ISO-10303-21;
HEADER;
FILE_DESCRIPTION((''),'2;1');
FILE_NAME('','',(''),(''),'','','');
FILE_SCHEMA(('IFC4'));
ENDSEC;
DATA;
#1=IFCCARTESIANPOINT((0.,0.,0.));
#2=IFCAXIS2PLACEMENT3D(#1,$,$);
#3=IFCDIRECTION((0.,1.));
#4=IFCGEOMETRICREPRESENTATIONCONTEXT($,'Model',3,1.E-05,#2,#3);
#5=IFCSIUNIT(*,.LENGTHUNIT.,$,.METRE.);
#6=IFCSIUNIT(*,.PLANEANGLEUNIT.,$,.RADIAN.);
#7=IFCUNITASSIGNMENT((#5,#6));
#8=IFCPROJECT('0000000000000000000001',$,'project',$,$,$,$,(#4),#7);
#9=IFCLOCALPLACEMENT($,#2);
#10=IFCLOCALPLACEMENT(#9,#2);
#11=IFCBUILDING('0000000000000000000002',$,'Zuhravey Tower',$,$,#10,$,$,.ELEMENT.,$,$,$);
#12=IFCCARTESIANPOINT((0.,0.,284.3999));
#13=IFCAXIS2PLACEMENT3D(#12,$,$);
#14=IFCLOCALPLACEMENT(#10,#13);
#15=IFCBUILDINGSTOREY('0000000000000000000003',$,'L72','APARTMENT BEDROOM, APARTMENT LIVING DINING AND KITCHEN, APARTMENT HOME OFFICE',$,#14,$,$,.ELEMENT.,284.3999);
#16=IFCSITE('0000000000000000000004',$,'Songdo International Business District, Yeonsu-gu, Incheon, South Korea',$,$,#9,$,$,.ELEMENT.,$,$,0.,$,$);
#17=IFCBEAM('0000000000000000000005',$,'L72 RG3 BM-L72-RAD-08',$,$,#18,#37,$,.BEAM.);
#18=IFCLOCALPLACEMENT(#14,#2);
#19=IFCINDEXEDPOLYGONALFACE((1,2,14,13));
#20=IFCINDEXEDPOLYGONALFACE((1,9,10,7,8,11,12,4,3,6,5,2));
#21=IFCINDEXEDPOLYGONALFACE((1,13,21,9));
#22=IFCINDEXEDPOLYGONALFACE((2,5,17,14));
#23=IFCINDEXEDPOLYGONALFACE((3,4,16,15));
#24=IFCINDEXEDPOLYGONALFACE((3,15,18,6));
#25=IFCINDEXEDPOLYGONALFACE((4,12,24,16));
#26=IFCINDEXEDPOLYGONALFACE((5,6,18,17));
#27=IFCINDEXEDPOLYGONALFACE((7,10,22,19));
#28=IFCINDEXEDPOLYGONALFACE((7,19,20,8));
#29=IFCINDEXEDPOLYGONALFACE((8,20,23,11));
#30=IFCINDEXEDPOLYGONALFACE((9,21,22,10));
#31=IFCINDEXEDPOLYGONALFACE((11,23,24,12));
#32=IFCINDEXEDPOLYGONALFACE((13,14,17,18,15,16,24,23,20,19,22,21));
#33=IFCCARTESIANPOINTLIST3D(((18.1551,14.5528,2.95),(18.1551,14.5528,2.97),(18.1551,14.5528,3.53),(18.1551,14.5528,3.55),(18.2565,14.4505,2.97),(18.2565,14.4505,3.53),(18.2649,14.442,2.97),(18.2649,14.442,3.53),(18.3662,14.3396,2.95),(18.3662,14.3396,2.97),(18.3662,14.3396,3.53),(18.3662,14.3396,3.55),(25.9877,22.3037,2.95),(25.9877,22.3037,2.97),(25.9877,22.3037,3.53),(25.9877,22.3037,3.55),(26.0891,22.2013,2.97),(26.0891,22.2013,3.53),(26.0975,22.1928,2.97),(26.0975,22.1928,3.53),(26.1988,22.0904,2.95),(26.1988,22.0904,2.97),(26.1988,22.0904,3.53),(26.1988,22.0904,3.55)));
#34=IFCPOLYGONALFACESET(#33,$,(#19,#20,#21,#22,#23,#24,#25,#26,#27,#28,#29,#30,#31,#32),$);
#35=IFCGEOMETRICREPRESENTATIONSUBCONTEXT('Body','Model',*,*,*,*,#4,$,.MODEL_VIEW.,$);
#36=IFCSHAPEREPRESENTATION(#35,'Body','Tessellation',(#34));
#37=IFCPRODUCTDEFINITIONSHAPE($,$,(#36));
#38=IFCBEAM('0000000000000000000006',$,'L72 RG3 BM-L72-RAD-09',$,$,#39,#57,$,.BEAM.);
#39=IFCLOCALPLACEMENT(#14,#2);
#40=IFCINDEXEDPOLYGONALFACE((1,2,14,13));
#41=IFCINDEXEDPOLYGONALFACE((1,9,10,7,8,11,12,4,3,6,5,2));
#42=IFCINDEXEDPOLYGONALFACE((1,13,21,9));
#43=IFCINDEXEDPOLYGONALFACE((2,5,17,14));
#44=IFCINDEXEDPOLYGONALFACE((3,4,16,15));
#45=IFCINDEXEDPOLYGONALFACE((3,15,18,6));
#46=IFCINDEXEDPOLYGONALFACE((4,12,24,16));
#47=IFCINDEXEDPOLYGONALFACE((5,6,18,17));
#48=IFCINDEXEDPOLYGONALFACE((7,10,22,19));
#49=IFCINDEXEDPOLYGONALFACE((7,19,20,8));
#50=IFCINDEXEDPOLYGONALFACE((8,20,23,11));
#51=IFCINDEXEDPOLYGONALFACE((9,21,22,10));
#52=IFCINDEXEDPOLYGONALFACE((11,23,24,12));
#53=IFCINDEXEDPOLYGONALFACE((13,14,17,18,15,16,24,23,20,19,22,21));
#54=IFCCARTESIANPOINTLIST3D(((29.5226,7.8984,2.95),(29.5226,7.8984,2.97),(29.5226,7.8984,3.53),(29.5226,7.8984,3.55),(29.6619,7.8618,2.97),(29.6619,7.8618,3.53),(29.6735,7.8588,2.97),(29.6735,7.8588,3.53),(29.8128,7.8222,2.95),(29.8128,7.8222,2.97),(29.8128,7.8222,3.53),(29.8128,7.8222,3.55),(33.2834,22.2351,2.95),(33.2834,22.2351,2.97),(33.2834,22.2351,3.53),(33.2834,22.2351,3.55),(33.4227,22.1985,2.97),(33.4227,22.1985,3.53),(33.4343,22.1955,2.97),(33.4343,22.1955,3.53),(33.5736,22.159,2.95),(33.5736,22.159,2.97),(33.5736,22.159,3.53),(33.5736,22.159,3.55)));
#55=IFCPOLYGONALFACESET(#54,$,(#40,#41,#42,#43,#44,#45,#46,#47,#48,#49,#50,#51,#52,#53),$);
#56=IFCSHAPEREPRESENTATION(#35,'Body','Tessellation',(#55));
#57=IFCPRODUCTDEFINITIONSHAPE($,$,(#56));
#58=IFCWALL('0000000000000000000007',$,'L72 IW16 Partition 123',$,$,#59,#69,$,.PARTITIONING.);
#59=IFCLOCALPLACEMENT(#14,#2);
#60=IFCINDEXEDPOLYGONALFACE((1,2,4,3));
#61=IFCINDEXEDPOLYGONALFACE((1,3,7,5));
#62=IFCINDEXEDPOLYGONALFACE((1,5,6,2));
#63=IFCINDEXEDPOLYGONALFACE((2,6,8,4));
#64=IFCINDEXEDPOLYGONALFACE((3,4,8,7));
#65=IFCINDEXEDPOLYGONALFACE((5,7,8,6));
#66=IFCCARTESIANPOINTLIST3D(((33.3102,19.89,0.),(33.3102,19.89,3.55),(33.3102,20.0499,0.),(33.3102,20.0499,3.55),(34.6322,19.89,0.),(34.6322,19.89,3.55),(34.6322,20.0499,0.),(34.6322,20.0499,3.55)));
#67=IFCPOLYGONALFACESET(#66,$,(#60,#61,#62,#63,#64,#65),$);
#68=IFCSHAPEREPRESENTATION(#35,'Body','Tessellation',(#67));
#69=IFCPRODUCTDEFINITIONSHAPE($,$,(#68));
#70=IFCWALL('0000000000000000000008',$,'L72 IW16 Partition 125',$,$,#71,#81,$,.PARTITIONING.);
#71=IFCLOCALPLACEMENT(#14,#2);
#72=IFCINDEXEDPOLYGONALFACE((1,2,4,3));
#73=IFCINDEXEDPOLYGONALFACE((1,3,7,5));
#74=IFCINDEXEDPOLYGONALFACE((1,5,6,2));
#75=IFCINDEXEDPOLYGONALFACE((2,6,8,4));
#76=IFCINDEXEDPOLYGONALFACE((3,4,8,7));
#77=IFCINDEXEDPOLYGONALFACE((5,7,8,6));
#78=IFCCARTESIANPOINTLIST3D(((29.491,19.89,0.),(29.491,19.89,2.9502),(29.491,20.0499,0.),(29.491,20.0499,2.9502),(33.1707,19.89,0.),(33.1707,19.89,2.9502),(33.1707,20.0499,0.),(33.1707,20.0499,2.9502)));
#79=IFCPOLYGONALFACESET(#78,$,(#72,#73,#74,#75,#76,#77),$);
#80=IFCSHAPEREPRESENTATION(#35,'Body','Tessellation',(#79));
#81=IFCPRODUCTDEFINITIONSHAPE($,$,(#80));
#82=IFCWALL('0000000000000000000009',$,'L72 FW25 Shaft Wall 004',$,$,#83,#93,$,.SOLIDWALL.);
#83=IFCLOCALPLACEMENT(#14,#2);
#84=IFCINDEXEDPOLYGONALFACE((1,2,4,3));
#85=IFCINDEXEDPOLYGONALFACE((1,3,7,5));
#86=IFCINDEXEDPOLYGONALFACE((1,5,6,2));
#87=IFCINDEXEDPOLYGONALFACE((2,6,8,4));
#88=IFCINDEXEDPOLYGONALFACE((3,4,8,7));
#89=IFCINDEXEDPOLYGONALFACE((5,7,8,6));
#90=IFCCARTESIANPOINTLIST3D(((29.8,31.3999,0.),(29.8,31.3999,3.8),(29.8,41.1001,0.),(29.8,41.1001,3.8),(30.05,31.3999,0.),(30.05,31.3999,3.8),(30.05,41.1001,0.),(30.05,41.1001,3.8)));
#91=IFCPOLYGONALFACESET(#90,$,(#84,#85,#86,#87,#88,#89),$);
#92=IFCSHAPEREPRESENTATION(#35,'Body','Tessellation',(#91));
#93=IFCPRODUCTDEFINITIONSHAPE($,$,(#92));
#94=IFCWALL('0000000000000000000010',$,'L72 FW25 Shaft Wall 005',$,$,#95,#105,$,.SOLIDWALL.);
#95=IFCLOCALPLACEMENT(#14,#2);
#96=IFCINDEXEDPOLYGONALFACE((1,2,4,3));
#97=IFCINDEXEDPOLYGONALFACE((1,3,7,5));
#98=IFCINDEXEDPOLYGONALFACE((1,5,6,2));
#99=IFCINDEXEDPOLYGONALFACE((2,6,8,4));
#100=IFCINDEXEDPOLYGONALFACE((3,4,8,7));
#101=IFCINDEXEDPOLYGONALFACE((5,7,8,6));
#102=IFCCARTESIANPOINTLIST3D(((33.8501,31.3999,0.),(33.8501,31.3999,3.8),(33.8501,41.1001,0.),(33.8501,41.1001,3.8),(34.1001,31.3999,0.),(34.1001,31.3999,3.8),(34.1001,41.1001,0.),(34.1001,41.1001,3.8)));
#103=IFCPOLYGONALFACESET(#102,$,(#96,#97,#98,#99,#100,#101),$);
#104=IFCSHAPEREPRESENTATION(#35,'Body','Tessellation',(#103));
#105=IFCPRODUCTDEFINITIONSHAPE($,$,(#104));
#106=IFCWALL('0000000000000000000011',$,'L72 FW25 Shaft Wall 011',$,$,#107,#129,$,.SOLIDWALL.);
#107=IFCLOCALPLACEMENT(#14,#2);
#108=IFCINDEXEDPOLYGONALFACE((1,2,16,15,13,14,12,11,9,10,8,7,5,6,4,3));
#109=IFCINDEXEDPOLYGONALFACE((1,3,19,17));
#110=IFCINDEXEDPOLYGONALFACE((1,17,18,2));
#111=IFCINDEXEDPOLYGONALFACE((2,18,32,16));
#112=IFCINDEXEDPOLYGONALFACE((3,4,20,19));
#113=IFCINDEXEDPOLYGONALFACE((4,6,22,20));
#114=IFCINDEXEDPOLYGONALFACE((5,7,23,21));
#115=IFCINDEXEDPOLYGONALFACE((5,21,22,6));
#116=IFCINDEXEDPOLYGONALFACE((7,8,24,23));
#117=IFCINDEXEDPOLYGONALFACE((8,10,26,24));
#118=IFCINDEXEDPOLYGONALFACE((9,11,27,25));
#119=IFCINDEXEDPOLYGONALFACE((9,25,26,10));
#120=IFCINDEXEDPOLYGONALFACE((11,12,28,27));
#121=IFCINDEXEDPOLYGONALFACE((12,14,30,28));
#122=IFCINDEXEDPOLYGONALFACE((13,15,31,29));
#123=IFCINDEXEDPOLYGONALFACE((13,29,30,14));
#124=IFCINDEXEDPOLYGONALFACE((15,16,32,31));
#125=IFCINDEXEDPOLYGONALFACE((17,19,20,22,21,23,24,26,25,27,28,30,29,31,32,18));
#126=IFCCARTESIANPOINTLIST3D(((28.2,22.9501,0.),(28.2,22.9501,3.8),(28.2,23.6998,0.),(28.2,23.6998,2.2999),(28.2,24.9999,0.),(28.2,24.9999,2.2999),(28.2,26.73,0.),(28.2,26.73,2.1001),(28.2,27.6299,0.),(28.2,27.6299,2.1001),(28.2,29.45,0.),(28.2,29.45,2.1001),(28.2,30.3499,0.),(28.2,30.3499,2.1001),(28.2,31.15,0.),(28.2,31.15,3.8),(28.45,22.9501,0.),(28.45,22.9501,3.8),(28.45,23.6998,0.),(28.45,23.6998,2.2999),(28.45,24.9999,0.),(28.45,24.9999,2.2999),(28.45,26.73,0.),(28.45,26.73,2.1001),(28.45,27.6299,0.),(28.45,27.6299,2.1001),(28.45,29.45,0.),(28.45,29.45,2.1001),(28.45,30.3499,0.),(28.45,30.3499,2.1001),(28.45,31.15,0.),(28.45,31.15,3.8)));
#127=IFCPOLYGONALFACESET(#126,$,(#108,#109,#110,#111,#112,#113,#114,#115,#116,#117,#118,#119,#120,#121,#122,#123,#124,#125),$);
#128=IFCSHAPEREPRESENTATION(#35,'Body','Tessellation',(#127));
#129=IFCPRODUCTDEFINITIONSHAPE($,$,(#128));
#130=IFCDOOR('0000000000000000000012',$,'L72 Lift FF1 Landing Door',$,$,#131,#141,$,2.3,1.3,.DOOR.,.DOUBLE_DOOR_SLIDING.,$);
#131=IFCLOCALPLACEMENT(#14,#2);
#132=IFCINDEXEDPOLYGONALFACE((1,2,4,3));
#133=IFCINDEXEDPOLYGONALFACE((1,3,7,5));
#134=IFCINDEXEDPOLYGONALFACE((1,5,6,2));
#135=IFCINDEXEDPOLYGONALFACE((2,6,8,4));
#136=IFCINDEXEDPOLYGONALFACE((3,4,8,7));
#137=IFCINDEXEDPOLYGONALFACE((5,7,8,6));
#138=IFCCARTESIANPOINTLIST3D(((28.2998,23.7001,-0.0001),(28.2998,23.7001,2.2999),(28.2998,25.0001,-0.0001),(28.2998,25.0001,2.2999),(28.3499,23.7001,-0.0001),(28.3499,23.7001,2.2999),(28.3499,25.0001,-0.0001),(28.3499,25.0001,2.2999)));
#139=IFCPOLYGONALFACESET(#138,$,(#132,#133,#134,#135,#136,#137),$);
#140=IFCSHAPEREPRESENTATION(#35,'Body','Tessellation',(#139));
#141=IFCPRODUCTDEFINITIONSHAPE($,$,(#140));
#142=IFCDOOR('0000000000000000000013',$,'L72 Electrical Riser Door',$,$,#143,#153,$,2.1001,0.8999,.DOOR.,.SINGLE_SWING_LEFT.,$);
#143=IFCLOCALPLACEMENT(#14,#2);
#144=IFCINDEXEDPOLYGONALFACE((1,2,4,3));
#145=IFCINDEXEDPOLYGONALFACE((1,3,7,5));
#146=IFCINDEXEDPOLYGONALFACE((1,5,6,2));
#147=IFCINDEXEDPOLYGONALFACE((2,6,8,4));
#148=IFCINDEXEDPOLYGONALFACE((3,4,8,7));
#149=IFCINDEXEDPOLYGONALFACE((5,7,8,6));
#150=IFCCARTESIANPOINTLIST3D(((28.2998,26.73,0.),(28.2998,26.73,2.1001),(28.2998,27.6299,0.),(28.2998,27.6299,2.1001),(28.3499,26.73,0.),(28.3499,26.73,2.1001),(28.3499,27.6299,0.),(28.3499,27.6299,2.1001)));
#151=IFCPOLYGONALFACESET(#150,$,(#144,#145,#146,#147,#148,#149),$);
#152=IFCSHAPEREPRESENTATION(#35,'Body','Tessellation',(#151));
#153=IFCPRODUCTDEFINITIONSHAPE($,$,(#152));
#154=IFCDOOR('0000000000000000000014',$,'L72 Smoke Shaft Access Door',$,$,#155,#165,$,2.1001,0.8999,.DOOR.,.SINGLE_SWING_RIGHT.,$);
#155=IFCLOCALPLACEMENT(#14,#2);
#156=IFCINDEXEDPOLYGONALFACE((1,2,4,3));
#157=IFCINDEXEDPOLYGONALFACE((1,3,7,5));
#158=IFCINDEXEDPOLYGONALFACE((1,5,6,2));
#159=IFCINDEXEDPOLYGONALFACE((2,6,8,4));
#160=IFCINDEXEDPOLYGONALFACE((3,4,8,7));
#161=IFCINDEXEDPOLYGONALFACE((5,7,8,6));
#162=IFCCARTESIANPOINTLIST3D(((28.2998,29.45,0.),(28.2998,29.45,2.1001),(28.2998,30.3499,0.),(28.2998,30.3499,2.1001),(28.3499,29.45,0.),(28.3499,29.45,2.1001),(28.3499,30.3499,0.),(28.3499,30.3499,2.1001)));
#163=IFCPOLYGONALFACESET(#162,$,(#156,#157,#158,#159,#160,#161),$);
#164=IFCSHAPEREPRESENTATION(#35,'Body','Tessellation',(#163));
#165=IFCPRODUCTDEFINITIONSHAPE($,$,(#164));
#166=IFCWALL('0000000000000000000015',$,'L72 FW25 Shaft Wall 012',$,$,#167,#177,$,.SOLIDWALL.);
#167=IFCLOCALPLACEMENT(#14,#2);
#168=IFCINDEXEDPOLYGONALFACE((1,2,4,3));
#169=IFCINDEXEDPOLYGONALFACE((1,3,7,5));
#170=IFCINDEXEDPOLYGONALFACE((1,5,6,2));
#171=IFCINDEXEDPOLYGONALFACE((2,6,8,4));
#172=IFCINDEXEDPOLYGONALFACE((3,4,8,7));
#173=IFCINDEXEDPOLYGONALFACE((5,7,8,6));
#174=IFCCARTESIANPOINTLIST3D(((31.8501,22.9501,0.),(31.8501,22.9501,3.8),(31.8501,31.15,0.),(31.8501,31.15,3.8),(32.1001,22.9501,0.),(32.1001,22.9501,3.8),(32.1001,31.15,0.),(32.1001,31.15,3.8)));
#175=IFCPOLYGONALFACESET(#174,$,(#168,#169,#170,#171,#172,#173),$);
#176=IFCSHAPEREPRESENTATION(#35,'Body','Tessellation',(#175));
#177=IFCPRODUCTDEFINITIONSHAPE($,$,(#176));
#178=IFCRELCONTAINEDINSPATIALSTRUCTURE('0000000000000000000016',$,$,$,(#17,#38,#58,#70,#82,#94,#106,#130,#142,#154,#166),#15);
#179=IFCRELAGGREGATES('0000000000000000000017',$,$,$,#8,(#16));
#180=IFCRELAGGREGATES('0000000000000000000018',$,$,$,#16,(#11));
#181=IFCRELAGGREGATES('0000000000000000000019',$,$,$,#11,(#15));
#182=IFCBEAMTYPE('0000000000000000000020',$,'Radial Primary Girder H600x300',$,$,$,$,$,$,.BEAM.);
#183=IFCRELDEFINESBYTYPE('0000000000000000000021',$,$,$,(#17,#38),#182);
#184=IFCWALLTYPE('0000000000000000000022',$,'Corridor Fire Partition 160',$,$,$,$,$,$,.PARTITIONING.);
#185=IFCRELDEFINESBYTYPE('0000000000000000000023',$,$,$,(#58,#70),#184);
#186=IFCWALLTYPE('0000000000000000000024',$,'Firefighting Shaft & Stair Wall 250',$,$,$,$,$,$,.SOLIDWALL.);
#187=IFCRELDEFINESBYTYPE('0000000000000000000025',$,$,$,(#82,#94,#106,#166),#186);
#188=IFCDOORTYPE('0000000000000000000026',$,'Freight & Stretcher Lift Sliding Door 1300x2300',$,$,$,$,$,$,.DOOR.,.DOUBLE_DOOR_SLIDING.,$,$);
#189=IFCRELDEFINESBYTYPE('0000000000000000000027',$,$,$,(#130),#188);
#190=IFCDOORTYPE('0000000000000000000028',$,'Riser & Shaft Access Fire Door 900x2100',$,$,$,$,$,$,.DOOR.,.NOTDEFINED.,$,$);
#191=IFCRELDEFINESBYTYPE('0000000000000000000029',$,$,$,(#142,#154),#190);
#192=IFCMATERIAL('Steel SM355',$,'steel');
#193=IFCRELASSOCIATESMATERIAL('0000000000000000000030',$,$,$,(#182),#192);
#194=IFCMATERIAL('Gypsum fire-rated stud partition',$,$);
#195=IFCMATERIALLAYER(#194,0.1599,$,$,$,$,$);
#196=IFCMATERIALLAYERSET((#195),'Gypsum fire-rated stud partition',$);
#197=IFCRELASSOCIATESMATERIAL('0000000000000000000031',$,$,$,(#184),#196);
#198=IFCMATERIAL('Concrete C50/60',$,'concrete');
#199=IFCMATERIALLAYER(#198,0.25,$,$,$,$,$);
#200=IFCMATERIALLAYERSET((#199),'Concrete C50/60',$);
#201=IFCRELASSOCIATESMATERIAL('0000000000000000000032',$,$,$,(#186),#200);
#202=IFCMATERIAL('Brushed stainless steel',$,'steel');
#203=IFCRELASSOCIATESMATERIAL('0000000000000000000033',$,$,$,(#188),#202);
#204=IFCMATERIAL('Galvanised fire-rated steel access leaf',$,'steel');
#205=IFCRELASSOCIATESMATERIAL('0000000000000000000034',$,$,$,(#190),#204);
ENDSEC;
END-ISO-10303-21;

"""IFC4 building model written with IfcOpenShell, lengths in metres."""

from ifc_helpers import new_model, si_unit, direction, frame, frame_2d, origin, origin_2d, place, context, subcontext, project, spatial, rectangle, i_section, extrude, material, layer, layer_set, material_profile, profile_set, type_object, element, fill, save


model = new_model("IFC4")

# Units and contexts
model_context = context("Model", 3, precision=1e-05, world=origin(), true_north=direction((0.0, 1.0)))
body_context = subcontext(model_context, "Body", "Model", "MODEL_VIEW")
ifc_project = project(units=[si_unit("LENGTHUNIT", "METRE"), si_unit("PLANEANGLEUNIT", "RADIAN")], contexts=[model_context])

# Site, building, storey
site_placement = place(None, origin())
site = spatial("IfcSite", under=ifc_project, at=site_placement, Name="Songdo International Business District, Yeonsu-gu, Incheon, South Korea", CompositionType="ELEMENT", RefElevation=0.0)
building_placement = place(site_placement, origin())
building = spatial("IfcBuilding", under=site, at=building_placement, Name="Zuhravey Tower", CompositionType="ELEMENT")
storey_placement = place(building_placement, frame((0.0, 0.0, 284.3999)))
storey = spatial("IfcBuildingStorey", under=building, at=storey_placement, Name="L72", Description="APARTMENT BEDROOM, APARTMENT LIVING DINING AND KITCHEN, APARTMENT HOME OFFICE", CompositionType="ELEMENT", Elevation=284.3999)

# Beams
ifc_material_1 = material(Name="Steel SM355", Category="steel")
ifc_material_profile = material_profile(ifc_material_1, i_section(OverallWidth=0.3, OverallDepth=0.6001, WebThickness=0.012, FlangeThickness=0.02, at=origin_2d()), Name="H-600x300x12x20")
ifc_profile_set = profile_set([ifc_material_profile], Name="Steel SM355")
beam_type = type_object("IfcBeamType", Name="Radial Primary Girder H600x300", PredefinedType="BEAM", material=ifc_profile_set)
beam_1_placement = place(storey_placement, frame((26.0933, 22.197, 3.25), z_axis=(-0.710808, -0.703386, 0.0), x_axis=(0.703386, -0.710808, 0.0)))
element("IfcBeam", 1, at=beam_1_placement, inside=storey, type_object=beam_type, Name="L72 RG3 BM-L72-RAD-08", PredefinedType="BEAM", context=body_context, shape_type="SweptSolid", body=[
    extrude(i_section(OverallWidth=0.3, OverallDepth=0.6001, WebThickness=0.012, FlangeThickness=0.02, at=origin_2d()), origin(), (0.0, 0.0, 1.0), 11.0193),
])
beam_2_placement = place(storey_placement, frame((33.4285, 22.197, 3.25), z_axis=(-0.253732, -0.967275, 0.0), x_axis=(0.967275, -0.253732, 0.0)))
element("IfcBeam", 2, at=beam_2_placement, inside=storey, type_object=beam_type, Name="L72 RG3 BM-L72-RAD-09", PredefinedType="BEAM", context=body_context, shape_type="SweptSolid", body=[
    extrude(i_section(OverallWidth=0.3, OverallDepth=0.6001, WebThickness=0.012, FlangeThickness=0.02, at=origin_2d()), origin(), (0.0, 0.0, 1.0), 14.8218),
])

# Walls
ifc_material_2 = material(Name="Gypsum fire-rated stud partition")
ifc_layer_1 = layer(ifc_material_2, 0.1599)
ifc_layer_set_1 = layer_set([ifc_layer_1], Name="Gypsum fire-rated stud partition")
wall_type_1 = type_object("IfcWallType", Name="Corridor Fire Partition 160", PredefinedType="PARTITIONING", material=ifc_layer_set_1)
wall_1_placement = place(storey_placement, frame((33.3101, 19.97, 0.0), z_axis=(0.0, 0.0, 1.0), x_axis=(1.0, 0.0, 0.0)))
element("IfcWall", 3, at=wall_1_placement, inside=storey, type_object=wall_type_1, Name="L72 IW16 Partition 123", PredefinedType="PARTITIONING", context=body_context, shape_type="SweptSolid", body=[
    extrude(rectangle(XDim=1.322, YDim=0.1599, at=frame_2d((0.6611, 0.0))), origin(), (0.0, 0.0, 1.0), 3.55),
])
wall_2_placement = place(storey_placement, frame((29.491, 19.97, 0.0), z_axis=(0.0, 0.0, 1.0), x_axis=(1.0, 0.0, 0.0)))
element("IfcWall", 4, at=wall_2_placement, inside=storey, type_object=wall_type_1, Name="L72 IW16 Partition 125", PredefinedType="PARTITIONING", context=body_context, shape_type="SweptSolid", body=[
    extrude(rectangle(XDim=3.6797, YDim=0.1599, at=frame_2d((1.8398, 0.0))), origin(), (0.0, 0.0, 1.0), 2.9502),
])

# Shared definitions
ifc_material_3 = material(Name="Concrete C50/60", Category="concrete")
ifc_layer_2 = layer(ifc_material_3, 0.25)
ifc_layer_set_2 = layer_set([ifc_layer_2], Name="Concrete C50/60")
wall_type_2 = type_object("IfcWallType", Name="Firefighting Shaft & Stair Wall 250", PredefinedType="SOLIDWALL", material=ifc_layer_set_2)

# Walls
for number, where, z_axis, x_axis, name in (
    (5, (29.925, 31.3999, 0.0), (0.0, 0.0, 1.0), (0.0, 1.0, 0.0), "L72 FW25 Shaft Wall 004"),
    (6, (33.9751, 31.3999, 0.0), (0.0, 0.0, 1.0), (0.0, 1.0, 0.0), "L72 FW25 Shaft Wall 005"),
):
    element("IfcWall", number, at=place(storey_placement, frame(where, z_axis=z_axis, x_axis=x_axis)), inside=storey, type_object=wall_type_2, Name=name, PredefinedType="SOLIDWALL", context=body_context, shape_type="SweptSolid", body=[
        extrude(rectangle(XDim=9.7002, YDim=0.25, at=frame_2d((4.8501, 0.0))), origin(), (0.0, 0.0, 1.0), 3.8),
    ])

# Wall, openings, doors
wall_3_placement = place(storey_placement, frame((28.325, 22.95, 0.0), z_axis=(0.0, 0.0, 1.0), x_axis=(0.0, 1.0, 0.0)))
wall_3 = element("IfcWall", 7, at=wall_3_placement, inside=storey, type_object=wall_type_2, Name="L72 FW25 Shaft Wall 011", PredefinedType="SOLIDWALL", context=body_context, shape_type="SweptSolid", body=[
    extrude(rectangle(XDim=8.2, YDim=0.25, at=frame_2d((4.1001, 0.0))), origin(), (0.0, 0.0, 1.0), 3.8),
])
opening_1_placement = place(wall_3_placement, frame((0.75, 0.0, 0.0)))
opening_1 = element("IfcOpeningElement", 8, at=opening_1_placement, cuts=wall_3, PredefinedType="OPENING", context=body_context, shape_type="SweptSolid", body=[
    extrude(rectangle(XDim=1.3, YDim=2.3, at=frame_2d((0.6499, 1.1499))), frame((0.0, 0.137, 0.0), z_axis=(0.0, -1.0, 0.0), x_axis=(1.0, 0.0, 0.0)), (0.0, 0.0, 1.0), 0.2739),
])
opening_2_placement = place(wall_3_placement, frame((3.78, 0.0, 0.0)))
opening_2 = element("IfcOpeningElement", 9, at=opening_2_placement, cuts=wall_3, PredefinedType="OPENING", context=body_context, shape_type="SweptSolid", body=[
    extrude(rectangle(XDim=0.8999, YDim=2.1001, at=frame_2d((0.45, 1.05))), frame((0.0, 0.137, 0.0), z_axis=(0.0, -1.0, 0.0), x_axis=(1.0, 0.0, 0.0)), (0.0, 0.0, 1.0), 0.2739),
])
opening_3_placement = place(wall_3_placement, frame((6.5, 0.0, 0.0)))
opening_3 = element("IfcOpeningElement", 10, at=opening_3_placement, cuts=wall_3, PredefinedType="OPENING", context=body_context, shape_type="SweptSolid", body=[
    extrude(rectangle(XDim=0.8999, YDim=2.1001, at=frame_2d((0.45, 1.05))), frame((0.0, 0.137, 0.0), z_axis=(0.0, -1.0, 0.0), x_axis=(1.0, 0.0, 0.0)), (0.0, 0.0, 1.0), 0.2739),
])
ifc_material_4 = material(Name="Brushed stainless steel", Category="steel")
door_type_1 = type_object("IfcDoorType", Name="Freight & Stretcher Lift Sliding Door 1300x2300", OperationType="DOUBLE_DOOR_SLIDING", PredefinedType="DOOR", material=ifc_material_4)
door_1_placement = place(opening_1_placement, frame((1.3, 0.0, 0.0), z_axis=(0.0, 0.0, 1.0), x_axis=(-1.0, 0.0, 0.0)))
door_1 = element("IfcDoor", 11, at=door_1_placement, inside=storey, type_object=door_type_1, Name="L72 Lift FF1 Landing Door", OperationType="DOUBLE_DOOR_SLIDING", OverallHeight=2.3, OverallWidth=1.3, PredefinedType="DOOR", context=body_context, shape_type="SweptSolid", body=[
    extrude(rectangle(XDim=1.3, YDim=2.3, at=frame_2d((0.6499, 1.1499))), frame((0.0, 0.0249, 0.0), z_axis=(0.0, -1.0, 0.0), x_axis=(1.0, 0.0, 0.0)), (0.0, 0.0, 1.0), 0.05),
])
fill(opening_1, door_1)
ifc_material_5 = material(Name="Galvanised fire-rated steel access leaf", Category="steel")
door_type_2 = type_object("IfcDoorType", Name="Riser & Shaft Access Fire Door 900x2100", OperationType="NOTDEFINED", PredefinedType="DOOR", material=ifc_material_5)
door_2_placement = place(opening_2_placement, frame((0.8999, 0.0, 0.0), z_axis=(0.0, 0.0, 1.0), x_axis=(-1.0, 0.0, 0.0)))
door_2 = element("IfcDoor", 12, at=door_2_placement, inside=storey, type_object=door_type_2, Name="L72 Electrical Riser Door", OperationType="SINGLE_SWING_LEFT", OverallHeight=2.1001, OverallWidth=0.8999, PredefinedType="DOOR", context=body_context, shape_type="SweptSolid", body=[
    extrude(rectangle(XDim=0.8999, YDim=2.1001, at=frame_2d((0.45, 1.05))), frame((0.0, 0.0249, 0.0), z_axis=(0.0, -1.0, 0.0), x_axis=(1.0, 0.0, 0.0)), (0.0, 0.0, 1.0), 0.05),
])
fill(opening_2, door_2)
door_3_placement = place(opening_3_placement, frame((0.8999, 0.0, 0.0), z_axis=(0.0, 0.0, 1.0), x_axis=(-1.0, 0.0, 0.0)))
door_3 = element("IfcDoor", 13, at=door_3_placement, inside=storey, type_object=door_type_2, Name="L72 Smoke Shaft Access Door", OperationType="SINGLE_SWING_RIGHT", OverallHeight=2.1001, OverallWidth=0.8999, PredefinedType="DOOR", context=body_context, shape_type="SweptSolid", body=[
    extrude(rectangle(XDim=0.8999, YDim=2.1001, at=frame_2d((0.45, 1.05))), frame((0.0, 0.0249, 0.0), z_axis=(0.0, -1.0, 0.0), x_axis=(1.0, 0.0, 0.0)), (0.0, 0.0, 1.0), 0.05),
])
fill(opening_3, door_3)

# Wall
wall_4_placement = place(storey_placement, frame((31.9751, 22.95, 0.0), z_axis=(0.0, 0.0, 1.0), x_axis=(0.0, 1.0, 0.0)))
element("IfcWall", 14, at=wall_4_placement, inside=storey, type_object=wall_type_2, Name="L72 FW25 Shaft Wall 012", PredefinedType="SOLIDWALL", context=body_context, shape_type="SweptSolid", body=[
    extrude(rectangle(XDim=8.2, YDim=0.25, at=frame_2d((4.1001, 0.0))), origin(), (0.0, 0.0, 1.0), 3.8),
])

save(model, "model.ifc")
